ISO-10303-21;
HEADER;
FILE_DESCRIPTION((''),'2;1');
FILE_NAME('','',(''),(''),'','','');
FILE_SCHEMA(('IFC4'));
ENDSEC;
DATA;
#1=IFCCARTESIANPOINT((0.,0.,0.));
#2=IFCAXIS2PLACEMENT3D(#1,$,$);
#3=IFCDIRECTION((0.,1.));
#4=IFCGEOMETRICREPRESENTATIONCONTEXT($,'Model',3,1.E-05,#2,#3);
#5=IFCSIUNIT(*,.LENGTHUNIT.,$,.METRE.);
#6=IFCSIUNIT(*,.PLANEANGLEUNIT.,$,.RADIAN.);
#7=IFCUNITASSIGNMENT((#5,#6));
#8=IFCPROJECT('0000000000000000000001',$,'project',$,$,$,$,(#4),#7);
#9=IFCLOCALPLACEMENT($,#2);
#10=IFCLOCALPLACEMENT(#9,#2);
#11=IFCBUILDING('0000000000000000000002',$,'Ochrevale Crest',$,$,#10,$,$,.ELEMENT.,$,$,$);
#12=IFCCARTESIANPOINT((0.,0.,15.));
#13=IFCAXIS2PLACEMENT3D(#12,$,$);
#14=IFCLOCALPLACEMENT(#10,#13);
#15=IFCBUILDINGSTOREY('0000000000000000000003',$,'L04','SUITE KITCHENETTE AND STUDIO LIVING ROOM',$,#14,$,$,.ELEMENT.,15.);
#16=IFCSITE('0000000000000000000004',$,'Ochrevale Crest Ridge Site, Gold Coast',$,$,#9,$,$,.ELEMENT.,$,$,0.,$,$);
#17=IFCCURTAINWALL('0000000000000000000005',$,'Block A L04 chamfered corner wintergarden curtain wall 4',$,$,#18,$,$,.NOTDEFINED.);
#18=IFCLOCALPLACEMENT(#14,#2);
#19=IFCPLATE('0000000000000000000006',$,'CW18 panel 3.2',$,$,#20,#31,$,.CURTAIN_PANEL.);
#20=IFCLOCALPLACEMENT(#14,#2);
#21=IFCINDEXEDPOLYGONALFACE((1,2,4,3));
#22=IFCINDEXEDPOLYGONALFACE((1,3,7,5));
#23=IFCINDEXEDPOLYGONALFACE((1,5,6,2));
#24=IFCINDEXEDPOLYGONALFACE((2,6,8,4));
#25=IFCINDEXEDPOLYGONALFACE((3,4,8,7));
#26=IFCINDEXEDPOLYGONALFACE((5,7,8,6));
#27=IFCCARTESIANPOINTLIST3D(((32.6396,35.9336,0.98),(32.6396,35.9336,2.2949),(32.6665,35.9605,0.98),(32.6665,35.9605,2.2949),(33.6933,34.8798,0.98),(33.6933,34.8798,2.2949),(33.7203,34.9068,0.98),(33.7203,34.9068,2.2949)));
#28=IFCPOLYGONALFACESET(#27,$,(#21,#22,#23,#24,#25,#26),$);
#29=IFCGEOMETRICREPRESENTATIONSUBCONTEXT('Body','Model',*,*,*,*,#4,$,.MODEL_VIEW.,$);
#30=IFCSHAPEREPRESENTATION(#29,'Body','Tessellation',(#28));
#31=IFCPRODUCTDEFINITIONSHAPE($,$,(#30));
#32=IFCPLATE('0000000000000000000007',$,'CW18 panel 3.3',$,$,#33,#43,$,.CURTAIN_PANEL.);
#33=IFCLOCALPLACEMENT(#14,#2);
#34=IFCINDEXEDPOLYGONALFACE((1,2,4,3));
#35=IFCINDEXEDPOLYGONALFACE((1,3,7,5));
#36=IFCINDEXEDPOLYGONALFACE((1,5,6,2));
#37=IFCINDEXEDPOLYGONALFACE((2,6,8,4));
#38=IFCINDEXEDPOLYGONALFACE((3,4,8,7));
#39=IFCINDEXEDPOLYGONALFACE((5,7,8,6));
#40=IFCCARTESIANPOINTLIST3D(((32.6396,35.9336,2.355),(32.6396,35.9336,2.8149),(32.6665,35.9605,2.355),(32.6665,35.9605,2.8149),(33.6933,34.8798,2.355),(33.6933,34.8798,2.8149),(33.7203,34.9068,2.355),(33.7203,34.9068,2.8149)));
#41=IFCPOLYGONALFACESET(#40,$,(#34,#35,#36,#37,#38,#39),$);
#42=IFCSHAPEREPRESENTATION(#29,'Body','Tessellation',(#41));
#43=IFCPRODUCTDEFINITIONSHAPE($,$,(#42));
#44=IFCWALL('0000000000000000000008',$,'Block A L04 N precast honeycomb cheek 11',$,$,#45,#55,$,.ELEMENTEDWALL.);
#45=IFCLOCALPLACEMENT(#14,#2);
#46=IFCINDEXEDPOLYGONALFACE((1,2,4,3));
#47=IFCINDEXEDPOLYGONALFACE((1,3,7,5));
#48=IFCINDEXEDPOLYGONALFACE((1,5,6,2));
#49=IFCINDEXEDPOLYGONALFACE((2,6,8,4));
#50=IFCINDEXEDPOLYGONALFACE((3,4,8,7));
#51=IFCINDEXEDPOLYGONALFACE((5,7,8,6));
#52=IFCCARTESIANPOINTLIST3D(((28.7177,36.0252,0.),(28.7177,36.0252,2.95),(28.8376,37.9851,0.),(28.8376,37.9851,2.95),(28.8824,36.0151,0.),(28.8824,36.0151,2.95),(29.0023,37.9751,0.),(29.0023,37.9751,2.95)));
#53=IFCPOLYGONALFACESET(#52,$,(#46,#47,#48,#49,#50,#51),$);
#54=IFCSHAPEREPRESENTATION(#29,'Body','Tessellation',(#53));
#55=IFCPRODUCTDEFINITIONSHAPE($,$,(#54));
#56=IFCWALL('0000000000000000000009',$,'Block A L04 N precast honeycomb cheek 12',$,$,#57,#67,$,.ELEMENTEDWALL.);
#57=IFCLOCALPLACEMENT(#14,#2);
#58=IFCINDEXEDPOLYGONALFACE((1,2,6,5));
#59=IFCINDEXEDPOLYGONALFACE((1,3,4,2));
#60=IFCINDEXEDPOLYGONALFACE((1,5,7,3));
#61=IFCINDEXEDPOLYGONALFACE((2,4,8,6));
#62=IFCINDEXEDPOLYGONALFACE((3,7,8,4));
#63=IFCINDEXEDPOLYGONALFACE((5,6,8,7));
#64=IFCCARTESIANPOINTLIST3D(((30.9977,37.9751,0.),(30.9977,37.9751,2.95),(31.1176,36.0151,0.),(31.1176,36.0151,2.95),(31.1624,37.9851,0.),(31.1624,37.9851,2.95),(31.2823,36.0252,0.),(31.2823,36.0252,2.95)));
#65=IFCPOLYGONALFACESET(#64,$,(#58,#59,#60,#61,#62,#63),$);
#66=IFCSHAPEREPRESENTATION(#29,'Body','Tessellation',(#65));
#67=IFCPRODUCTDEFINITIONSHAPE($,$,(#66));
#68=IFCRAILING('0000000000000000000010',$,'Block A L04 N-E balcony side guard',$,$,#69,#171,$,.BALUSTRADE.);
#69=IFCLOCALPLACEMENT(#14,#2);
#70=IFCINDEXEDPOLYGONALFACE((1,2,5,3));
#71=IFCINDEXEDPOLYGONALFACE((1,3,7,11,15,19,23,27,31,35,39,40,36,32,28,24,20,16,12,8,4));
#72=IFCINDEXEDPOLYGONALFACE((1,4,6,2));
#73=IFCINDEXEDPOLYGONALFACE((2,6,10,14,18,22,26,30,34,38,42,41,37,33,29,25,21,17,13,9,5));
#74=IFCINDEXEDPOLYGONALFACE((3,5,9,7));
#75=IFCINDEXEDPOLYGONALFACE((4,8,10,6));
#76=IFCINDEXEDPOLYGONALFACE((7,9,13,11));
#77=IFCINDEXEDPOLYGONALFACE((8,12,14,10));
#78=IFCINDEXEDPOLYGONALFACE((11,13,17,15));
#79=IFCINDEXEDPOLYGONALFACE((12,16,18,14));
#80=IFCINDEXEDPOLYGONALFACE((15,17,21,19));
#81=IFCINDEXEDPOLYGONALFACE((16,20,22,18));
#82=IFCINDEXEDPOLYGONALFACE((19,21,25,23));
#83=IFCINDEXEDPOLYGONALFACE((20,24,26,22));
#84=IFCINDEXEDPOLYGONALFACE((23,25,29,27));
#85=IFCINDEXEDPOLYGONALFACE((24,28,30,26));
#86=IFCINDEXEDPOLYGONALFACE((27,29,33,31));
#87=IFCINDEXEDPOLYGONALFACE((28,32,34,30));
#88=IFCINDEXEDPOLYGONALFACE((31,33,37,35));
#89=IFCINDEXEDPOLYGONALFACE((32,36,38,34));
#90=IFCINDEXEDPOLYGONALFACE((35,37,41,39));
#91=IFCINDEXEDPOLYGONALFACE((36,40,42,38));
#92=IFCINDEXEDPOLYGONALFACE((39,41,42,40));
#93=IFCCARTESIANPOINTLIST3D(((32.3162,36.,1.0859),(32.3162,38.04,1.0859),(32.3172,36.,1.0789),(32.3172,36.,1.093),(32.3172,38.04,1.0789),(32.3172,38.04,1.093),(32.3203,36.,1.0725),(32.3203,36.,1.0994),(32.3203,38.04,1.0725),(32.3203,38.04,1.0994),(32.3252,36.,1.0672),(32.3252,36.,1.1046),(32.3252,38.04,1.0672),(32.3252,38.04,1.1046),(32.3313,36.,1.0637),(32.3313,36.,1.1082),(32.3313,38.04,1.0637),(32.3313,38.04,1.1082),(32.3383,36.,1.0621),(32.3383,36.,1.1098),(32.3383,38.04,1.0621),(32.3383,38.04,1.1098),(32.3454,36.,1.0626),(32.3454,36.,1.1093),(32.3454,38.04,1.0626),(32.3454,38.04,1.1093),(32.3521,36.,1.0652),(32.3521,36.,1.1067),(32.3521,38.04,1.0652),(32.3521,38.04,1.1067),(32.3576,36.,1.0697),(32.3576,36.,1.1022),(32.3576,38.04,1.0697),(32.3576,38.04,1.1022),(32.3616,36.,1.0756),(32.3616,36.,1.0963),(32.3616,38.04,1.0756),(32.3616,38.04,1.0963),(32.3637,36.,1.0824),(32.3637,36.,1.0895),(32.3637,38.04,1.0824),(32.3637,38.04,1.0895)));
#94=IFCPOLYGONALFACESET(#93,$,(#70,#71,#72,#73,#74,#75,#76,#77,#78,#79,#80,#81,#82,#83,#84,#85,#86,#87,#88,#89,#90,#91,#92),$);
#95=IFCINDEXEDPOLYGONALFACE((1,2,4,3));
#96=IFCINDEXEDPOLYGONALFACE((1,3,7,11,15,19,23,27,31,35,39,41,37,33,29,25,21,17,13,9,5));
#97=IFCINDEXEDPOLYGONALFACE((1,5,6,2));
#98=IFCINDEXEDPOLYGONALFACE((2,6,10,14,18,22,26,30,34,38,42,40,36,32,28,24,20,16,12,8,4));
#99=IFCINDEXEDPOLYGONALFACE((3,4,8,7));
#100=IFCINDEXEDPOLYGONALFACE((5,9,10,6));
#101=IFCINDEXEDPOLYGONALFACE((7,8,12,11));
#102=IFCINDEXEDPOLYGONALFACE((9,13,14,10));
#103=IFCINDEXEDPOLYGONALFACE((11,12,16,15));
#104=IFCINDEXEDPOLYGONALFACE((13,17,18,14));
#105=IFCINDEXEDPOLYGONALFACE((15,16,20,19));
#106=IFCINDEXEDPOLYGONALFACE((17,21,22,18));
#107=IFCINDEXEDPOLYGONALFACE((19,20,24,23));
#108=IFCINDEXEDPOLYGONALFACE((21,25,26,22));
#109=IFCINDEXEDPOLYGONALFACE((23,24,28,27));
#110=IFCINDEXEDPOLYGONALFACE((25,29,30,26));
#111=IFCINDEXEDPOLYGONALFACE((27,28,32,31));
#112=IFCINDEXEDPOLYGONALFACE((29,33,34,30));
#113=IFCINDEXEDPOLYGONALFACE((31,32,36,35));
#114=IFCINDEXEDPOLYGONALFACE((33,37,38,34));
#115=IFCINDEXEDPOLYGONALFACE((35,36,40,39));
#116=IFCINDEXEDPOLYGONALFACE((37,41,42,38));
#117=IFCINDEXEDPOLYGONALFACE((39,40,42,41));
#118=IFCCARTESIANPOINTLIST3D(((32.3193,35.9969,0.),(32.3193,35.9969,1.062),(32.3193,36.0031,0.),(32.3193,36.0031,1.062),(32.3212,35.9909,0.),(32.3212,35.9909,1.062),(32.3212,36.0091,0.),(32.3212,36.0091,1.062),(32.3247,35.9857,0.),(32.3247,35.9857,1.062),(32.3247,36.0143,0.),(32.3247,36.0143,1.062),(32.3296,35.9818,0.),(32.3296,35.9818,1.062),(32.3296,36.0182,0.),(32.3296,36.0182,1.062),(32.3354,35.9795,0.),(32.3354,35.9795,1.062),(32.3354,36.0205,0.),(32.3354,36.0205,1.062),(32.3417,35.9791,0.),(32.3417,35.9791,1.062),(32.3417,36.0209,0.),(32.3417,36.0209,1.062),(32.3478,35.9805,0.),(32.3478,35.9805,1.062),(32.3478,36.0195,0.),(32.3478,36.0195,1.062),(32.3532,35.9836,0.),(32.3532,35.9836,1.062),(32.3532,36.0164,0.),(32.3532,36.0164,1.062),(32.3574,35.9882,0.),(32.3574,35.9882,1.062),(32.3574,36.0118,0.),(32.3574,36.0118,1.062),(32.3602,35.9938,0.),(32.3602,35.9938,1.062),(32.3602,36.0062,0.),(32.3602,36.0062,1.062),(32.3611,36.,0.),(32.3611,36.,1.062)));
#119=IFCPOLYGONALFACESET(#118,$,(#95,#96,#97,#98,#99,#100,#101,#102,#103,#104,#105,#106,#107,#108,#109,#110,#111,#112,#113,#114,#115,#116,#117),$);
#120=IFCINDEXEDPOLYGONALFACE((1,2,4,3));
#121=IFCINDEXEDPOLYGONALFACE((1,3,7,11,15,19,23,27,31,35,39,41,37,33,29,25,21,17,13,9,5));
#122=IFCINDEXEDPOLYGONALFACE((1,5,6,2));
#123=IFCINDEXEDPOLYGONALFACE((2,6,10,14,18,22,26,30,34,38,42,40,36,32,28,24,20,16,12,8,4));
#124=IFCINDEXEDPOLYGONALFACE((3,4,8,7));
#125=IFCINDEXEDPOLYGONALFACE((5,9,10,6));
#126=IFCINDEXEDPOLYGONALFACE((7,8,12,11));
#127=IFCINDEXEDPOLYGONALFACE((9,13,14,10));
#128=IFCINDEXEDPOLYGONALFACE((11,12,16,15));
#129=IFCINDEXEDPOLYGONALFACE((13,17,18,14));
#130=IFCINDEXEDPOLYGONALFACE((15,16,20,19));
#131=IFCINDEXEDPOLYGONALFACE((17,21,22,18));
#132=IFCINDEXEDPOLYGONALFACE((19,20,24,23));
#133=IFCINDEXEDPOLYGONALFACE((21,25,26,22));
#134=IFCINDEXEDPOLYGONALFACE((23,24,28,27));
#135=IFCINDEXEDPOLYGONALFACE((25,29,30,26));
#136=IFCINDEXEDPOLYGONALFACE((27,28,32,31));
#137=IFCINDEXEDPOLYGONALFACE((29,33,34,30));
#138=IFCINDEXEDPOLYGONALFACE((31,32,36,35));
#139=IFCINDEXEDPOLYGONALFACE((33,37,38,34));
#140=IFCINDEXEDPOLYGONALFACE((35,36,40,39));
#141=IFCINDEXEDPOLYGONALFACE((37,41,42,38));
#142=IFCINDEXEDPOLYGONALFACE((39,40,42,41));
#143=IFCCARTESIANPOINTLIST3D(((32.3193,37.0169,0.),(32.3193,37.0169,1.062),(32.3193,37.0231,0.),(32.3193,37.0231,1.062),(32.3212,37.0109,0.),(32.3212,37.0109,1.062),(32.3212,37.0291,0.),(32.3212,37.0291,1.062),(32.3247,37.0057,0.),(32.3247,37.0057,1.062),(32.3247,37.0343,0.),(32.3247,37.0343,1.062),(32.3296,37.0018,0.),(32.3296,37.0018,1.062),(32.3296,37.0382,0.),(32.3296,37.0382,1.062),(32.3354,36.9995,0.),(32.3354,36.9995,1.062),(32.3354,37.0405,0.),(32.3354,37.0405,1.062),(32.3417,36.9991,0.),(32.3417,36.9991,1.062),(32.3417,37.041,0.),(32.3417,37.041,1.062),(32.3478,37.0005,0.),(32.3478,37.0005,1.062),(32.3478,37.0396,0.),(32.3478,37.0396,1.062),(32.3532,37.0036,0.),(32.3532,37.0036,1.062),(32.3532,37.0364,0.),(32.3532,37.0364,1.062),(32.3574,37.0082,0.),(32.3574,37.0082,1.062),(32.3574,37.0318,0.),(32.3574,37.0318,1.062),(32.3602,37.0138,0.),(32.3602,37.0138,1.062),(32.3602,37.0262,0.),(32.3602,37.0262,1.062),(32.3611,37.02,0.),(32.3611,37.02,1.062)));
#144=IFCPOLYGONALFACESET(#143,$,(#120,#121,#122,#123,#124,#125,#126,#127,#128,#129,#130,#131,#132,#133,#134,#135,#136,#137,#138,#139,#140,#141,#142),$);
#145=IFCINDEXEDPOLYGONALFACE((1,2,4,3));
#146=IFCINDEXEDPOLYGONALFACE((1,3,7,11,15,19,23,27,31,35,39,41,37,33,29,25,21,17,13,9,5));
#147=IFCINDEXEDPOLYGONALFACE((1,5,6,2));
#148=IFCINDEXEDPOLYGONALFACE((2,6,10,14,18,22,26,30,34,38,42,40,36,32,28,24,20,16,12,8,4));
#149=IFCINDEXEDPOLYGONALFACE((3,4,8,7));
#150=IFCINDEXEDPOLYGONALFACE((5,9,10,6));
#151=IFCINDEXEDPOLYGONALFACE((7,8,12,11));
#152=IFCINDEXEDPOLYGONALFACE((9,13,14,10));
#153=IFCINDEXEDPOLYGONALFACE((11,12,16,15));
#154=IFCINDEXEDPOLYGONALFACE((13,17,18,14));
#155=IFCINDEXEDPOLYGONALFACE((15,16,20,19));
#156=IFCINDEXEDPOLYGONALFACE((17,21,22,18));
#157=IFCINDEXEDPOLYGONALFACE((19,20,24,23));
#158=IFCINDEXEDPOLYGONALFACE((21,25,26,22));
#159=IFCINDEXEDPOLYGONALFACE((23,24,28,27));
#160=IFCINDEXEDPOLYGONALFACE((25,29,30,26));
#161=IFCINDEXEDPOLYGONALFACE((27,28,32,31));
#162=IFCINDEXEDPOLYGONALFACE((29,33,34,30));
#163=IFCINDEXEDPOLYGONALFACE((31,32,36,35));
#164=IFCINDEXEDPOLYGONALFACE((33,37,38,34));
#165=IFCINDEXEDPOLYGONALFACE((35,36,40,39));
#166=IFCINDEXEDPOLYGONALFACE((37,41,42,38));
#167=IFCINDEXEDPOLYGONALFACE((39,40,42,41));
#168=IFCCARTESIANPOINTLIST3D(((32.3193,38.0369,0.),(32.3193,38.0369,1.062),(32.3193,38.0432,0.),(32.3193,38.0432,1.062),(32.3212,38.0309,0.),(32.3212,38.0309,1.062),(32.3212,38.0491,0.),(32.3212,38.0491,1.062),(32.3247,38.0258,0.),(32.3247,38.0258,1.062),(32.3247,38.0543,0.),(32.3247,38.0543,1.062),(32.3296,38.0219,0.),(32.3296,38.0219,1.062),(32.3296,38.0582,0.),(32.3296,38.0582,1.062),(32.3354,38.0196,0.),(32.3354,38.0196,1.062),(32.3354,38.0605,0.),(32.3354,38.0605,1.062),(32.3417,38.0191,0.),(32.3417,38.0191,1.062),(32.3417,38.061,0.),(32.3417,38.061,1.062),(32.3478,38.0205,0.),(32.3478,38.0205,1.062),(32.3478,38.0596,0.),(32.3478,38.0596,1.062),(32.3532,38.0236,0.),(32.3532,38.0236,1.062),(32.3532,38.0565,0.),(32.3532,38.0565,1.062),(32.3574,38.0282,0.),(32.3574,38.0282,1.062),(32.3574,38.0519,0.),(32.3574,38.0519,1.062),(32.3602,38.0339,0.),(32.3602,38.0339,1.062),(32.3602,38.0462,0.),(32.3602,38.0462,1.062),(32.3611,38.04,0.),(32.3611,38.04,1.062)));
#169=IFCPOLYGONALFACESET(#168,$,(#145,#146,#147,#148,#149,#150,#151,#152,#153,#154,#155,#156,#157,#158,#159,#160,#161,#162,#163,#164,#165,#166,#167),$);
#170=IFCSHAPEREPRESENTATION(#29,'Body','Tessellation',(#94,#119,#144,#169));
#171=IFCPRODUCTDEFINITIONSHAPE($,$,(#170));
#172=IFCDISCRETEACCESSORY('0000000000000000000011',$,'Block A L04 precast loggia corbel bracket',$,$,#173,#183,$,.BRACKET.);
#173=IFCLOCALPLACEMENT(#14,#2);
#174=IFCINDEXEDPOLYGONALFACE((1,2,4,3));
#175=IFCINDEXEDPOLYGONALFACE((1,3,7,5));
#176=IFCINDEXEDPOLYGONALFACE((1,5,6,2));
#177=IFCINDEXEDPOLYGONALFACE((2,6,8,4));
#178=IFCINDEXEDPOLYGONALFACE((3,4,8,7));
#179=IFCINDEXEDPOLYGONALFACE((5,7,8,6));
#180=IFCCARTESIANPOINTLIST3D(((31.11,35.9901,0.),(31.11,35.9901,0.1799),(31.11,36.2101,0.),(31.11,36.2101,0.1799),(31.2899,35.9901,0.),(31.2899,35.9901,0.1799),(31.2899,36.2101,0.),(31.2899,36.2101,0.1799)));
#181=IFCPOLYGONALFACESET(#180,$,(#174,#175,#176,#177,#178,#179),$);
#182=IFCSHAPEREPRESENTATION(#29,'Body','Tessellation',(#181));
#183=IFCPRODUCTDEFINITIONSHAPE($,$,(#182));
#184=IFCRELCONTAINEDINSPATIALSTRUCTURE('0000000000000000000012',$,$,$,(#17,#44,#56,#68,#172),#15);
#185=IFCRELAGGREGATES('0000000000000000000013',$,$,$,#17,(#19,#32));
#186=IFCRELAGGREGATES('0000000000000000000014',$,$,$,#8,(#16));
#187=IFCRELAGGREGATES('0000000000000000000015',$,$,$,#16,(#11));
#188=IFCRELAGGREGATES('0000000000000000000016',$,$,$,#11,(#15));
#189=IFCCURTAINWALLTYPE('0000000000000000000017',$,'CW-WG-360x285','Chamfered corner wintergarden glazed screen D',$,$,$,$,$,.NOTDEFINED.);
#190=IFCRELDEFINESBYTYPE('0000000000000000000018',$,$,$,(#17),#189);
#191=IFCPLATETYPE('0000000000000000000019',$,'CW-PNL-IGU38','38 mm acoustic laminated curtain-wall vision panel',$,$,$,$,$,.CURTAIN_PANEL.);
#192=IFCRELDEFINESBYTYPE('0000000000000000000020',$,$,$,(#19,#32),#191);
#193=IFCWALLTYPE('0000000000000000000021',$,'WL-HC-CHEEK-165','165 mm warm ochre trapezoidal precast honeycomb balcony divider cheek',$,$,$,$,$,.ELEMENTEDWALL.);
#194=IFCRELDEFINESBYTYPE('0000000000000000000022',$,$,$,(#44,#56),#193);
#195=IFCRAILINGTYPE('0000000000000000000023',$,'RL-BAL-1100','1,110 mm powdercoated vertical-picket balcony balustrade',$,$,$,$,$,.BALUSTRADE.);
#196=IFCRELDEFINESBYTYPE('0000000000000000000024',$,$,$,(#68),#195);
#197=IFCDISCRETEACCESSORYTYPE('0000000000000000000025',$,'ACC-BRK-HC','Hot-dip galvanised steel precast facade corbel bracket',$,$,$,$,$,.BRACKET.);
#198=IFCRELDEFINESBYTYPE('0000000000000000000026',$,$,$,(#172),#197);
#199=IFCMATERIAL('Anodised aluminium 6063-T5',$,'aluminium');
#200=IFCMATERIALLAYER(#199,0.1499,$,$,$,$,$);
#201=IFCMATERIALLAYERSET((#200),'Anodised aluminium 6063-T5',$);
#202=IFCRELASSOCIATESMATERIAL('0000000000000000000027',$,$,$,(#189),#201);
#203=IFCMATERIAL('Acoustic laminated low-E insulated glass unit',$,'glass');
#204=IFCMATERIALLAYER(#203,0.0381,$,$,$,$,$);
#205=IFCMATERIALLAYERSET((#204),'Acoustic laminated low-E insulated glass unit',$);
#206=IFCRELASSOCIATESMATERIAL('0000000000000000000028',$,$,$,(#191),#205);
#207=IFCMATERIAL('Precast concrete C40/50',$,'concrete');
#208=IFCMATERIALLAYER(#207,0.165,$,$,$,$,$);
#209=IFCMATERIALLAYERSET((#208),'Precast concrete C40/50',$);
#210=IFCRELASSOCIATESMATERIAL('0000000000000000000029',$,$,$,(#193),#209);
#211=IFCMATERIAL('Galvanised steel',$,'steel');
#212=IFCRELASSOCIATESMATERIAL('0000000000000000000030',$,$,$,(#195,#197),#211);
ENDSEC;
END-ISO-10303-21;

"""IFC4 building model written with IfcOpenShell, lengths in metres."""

from ifc_helpers import new_model, si_unit, direction, frame, frame_2d, origin, origin_2d, place, context, subcontext, project, spatial, rectangle, circle, extrude, material, layer, layer_set, type_object, element, aggregate, save


model = new_model("IFC4")

# Units and contexts
model_context = context("Model", 3, precision=1e-05, world=origin(), true_north=direction((0.0, 1.0)))
body_context = subcontext(model_context, "Body", "Model", "MODEL_VIEW")
ifc_project = project(units=[si_unit("LENGTHUNIT", "METRE"), si_unit("PLANEANGLEUNIT", "RADIAN")], contexts=[model_context])

# Site, building, storey
site_placement = place(None, origin())
site = spatial("IfcSite", under=ifc_project, at=site_placement, Name="Ochrevale Crest Ridge Site, Gold Coast", CompositionType="ELEMENT", RefElevation=0.0)
building_placement = place(site_placement, origin())
building = spatial("IfcBuilding", under=site, at=building_placement, Name="Ochrevale Crest", CompositionType="ELEMENT")
storey_placement = place(building_placement, frame((0.0, 0.0, 15.0)))
storey = spatial("IfcBuildingStorey", under=building, at=storey_placement, Name="L04", Description="SUITE KITCHENETTE AND STUDIO LIVING ROOM", CompositionType="ELEMENT", Elevation=15.0)

# Curtain wall, plates
ifc_material_1 = material(Name="Anodised aluminium 6063-T5", Category="aluminium")
ifc_layer_1 = layer(ifc_material_1, 0.1499)
ifc_layer_set_1 = layer_set([ifc_layer_1], Name="Anodised aluminium 6063-T5")
curtain_wall_type = type_object("IfcCurtainWallType", Name="CW-WG-360x285", Description="Chamfered corner wintergarden glazed screen D", PredefinedType="NOTDEFINED", material=ifc_layer_set_1)
curtain_wall_placement = place(storey_placement, origin())
curtain_wall = element("IfcCurtainWall", 1, at=curtain_wall_placement, inside=storey, type_object=curtain_wall_type, Name="Block A L04 chamfered corner wintergarden curtain wall 4", PredefinedType="NOTDEFINED")
ifc_material_2 = material(Name="Acoustic laminated low-E insulated glass unit", Category="glass")
ifc_layer_2 = layer(ifc_material_2, 0.0381)
ifc_layer_set_2 = layer_set([ifc_layer_2], Name="Acoustic laminated low-E insulated glass unit")
plate_type = type_object("IfcPlateType", Name="CW-PNL-IGU38", Description="38 mm acoustic laminated curtain-wall vision panel", PredefinedType="CURTAIN_PANEL", material=ifc_layer_set_2)
plate_1_placement = place(storey_placement, frame((33.1799, 35.4202, 0.98), z_axis=(0.0, 0.0, 1.0), x_axis=(-0.707107, 0.707107, 0.0)))
plate_1 = element("IfcPlate", 2, at=plate_1_placement, type_object=plate_type, Name="CW18 panel 3.2", PredefinedType="CURTAIN_PANEL", context=body_context, shape_type="SweptSolid", body=[
    extrude(rectangle(XDim=1.4902, YDim=0.0381, at=origin_2d()), origin(), (0.0, 0.0, 1.0), 1.3149),
])
plate_2_placement = place(storey_placement, frame((33.1799, 35.4202, 2.355), z_axis=(0.0, 0.0, 1.0), x_axis=(-0.707107, 0.707107, 0.0)))
plate_2 = element("IfcPlate", 3, at=plate_2_placement, type_object=plate_type, Name="CW18 panel 3.3", PredefinedType="CURTAIN_PANEL", context=body_context, shape_type="SweptSolid", body=[
    extrude(rectangle(XDim=1.4902, YDim=0.0381, at=origin_2d()), origin(), (0.0, 0.0, 1.0), 0.46),
])
aggregate(curtain_wall, [plate_1, plate_2])

# Shared definitions
ifc_material_3 = material(Name="Precast concrete C40/50", Category="concrete")

# Walls
ifc_layer_3 = layer(ifc_material_3, 0.165)
ifc_layer_set_3 = layer_set([ifc_layer_3], Name="Precast concrete C40/50")
wall_type_1 = type_object("IfcWallType", Name="WL-HC-CHEEK-165", Description="165 mm warm ochre trapezoidal precast honeycomb balcony divider cheek", PredefinedType="ELEMENTEDWALL", material=ifc_layer_set_3)
for number, where, z_axis, x_axis, name in (
    (4, (28.8, 36.02, 0.0), (0.0, 0.0, 1.0), (0.061047, 0.998135, 0.0), "Block A L04 N precast honeycomb cheek 11"),
    (5, (31.2, 36.02, 0.0), (0.0, 0.0, 1.0), (-0.061047, 0.998135, 0.0), "Block A L04 N precast honeycomb cheek 12"),
):
    element("IfcWall", number, at=place(storey_placement, frame(where, z_axis=z_axis, x_axis=x_axis)), inside=storey, type_object=wall_type_1, Name=name, PredefinedType="ELEMENTEDWALL", context=body_context, shape_type="SweptSolid", body=[
        extrude(rectangle(XDim=1.9636, YDim=0.165, at=frame_2d((0.9819, 0.0))), origin(), (0.0, 0.0, 1.0), 2.95),
    ])

# Railing
ifc_material_4 = material(Name="Galvanised steel", Category="steel")
railing_type = type_object("IfcRailingType", Name="RL-BAL-1100", Description="1,110 mm powdercoated vertical-picket balcony balustrade", PredefinedType="BALUSTRADE", material=ifc_material_4)
railing_placement = place(storey_placement, frame((32.3401, 36.0, 0.0)))
element("IfcRailing", 6, at=railing_placement, inside=storey, type_object=railing_type, Name="Block A L04 N-E balcony side guard", PredefinedType="BALUSTRADE", context=body_context, shape_type="SweptSolid", body=[
    extrude(circle(Radius=0.0239, at=origin_2d()), frame((0.0, 0.0, 1.0859), z_axis=(0.0, 1.0, 0.0), x_axis=(-1.0, 0.0, 0.0)), (0.0, 0.0, 1.0), 2.04),
    extrude(circle(Radius=0.021, at=origin_2d()), origin(), (0.0, 0.0, 1.0), 1.062),
    extrude(circle(Radius=0.021, at=origin_2d()), frame((0.0, 1.02, 0.0)), (0.0, 0.0, 1.0), 1.062),
    extrude(circle(Radius=0.021, at=origin_2d()), frame((0.0, 2.04, 0.0)), (0.0, 0.0, 1.0), 1.062),
])

# Discrete accessory
discrete_accessory_type = type_object("IfcDiscreteAccessoryType", Name="ACC-BRK-HC", Description="Hot-dip galvanised steel precast facade corbel bracket", PredefinedType="BRACKET", material=ifc_material_4)
discrete_accessory_placement = place(storey_placement, frame((31.2, 36.1001, 0.0), z_axis=(0.0, 0.0, 1.0), x_axis=(1.0, 0.0, 0.0)))
element("IfcDiscreteAccessory", 7, at=discrete_accessory_placement, inside=storey, type_object=discrete_accessory_type, Name="Block A L04 precast loggia corbel bracket", PredefinedType="BRACKET", context=body_context, shape_type="SweptSolid", body=[
    extrude(rectangle(XDim=0.1799, YDim=0.22, at=origin_2d()), origin(), (0.0, 0.0, 1.0), 0.1799),
])

save(model, "model.ifc")
